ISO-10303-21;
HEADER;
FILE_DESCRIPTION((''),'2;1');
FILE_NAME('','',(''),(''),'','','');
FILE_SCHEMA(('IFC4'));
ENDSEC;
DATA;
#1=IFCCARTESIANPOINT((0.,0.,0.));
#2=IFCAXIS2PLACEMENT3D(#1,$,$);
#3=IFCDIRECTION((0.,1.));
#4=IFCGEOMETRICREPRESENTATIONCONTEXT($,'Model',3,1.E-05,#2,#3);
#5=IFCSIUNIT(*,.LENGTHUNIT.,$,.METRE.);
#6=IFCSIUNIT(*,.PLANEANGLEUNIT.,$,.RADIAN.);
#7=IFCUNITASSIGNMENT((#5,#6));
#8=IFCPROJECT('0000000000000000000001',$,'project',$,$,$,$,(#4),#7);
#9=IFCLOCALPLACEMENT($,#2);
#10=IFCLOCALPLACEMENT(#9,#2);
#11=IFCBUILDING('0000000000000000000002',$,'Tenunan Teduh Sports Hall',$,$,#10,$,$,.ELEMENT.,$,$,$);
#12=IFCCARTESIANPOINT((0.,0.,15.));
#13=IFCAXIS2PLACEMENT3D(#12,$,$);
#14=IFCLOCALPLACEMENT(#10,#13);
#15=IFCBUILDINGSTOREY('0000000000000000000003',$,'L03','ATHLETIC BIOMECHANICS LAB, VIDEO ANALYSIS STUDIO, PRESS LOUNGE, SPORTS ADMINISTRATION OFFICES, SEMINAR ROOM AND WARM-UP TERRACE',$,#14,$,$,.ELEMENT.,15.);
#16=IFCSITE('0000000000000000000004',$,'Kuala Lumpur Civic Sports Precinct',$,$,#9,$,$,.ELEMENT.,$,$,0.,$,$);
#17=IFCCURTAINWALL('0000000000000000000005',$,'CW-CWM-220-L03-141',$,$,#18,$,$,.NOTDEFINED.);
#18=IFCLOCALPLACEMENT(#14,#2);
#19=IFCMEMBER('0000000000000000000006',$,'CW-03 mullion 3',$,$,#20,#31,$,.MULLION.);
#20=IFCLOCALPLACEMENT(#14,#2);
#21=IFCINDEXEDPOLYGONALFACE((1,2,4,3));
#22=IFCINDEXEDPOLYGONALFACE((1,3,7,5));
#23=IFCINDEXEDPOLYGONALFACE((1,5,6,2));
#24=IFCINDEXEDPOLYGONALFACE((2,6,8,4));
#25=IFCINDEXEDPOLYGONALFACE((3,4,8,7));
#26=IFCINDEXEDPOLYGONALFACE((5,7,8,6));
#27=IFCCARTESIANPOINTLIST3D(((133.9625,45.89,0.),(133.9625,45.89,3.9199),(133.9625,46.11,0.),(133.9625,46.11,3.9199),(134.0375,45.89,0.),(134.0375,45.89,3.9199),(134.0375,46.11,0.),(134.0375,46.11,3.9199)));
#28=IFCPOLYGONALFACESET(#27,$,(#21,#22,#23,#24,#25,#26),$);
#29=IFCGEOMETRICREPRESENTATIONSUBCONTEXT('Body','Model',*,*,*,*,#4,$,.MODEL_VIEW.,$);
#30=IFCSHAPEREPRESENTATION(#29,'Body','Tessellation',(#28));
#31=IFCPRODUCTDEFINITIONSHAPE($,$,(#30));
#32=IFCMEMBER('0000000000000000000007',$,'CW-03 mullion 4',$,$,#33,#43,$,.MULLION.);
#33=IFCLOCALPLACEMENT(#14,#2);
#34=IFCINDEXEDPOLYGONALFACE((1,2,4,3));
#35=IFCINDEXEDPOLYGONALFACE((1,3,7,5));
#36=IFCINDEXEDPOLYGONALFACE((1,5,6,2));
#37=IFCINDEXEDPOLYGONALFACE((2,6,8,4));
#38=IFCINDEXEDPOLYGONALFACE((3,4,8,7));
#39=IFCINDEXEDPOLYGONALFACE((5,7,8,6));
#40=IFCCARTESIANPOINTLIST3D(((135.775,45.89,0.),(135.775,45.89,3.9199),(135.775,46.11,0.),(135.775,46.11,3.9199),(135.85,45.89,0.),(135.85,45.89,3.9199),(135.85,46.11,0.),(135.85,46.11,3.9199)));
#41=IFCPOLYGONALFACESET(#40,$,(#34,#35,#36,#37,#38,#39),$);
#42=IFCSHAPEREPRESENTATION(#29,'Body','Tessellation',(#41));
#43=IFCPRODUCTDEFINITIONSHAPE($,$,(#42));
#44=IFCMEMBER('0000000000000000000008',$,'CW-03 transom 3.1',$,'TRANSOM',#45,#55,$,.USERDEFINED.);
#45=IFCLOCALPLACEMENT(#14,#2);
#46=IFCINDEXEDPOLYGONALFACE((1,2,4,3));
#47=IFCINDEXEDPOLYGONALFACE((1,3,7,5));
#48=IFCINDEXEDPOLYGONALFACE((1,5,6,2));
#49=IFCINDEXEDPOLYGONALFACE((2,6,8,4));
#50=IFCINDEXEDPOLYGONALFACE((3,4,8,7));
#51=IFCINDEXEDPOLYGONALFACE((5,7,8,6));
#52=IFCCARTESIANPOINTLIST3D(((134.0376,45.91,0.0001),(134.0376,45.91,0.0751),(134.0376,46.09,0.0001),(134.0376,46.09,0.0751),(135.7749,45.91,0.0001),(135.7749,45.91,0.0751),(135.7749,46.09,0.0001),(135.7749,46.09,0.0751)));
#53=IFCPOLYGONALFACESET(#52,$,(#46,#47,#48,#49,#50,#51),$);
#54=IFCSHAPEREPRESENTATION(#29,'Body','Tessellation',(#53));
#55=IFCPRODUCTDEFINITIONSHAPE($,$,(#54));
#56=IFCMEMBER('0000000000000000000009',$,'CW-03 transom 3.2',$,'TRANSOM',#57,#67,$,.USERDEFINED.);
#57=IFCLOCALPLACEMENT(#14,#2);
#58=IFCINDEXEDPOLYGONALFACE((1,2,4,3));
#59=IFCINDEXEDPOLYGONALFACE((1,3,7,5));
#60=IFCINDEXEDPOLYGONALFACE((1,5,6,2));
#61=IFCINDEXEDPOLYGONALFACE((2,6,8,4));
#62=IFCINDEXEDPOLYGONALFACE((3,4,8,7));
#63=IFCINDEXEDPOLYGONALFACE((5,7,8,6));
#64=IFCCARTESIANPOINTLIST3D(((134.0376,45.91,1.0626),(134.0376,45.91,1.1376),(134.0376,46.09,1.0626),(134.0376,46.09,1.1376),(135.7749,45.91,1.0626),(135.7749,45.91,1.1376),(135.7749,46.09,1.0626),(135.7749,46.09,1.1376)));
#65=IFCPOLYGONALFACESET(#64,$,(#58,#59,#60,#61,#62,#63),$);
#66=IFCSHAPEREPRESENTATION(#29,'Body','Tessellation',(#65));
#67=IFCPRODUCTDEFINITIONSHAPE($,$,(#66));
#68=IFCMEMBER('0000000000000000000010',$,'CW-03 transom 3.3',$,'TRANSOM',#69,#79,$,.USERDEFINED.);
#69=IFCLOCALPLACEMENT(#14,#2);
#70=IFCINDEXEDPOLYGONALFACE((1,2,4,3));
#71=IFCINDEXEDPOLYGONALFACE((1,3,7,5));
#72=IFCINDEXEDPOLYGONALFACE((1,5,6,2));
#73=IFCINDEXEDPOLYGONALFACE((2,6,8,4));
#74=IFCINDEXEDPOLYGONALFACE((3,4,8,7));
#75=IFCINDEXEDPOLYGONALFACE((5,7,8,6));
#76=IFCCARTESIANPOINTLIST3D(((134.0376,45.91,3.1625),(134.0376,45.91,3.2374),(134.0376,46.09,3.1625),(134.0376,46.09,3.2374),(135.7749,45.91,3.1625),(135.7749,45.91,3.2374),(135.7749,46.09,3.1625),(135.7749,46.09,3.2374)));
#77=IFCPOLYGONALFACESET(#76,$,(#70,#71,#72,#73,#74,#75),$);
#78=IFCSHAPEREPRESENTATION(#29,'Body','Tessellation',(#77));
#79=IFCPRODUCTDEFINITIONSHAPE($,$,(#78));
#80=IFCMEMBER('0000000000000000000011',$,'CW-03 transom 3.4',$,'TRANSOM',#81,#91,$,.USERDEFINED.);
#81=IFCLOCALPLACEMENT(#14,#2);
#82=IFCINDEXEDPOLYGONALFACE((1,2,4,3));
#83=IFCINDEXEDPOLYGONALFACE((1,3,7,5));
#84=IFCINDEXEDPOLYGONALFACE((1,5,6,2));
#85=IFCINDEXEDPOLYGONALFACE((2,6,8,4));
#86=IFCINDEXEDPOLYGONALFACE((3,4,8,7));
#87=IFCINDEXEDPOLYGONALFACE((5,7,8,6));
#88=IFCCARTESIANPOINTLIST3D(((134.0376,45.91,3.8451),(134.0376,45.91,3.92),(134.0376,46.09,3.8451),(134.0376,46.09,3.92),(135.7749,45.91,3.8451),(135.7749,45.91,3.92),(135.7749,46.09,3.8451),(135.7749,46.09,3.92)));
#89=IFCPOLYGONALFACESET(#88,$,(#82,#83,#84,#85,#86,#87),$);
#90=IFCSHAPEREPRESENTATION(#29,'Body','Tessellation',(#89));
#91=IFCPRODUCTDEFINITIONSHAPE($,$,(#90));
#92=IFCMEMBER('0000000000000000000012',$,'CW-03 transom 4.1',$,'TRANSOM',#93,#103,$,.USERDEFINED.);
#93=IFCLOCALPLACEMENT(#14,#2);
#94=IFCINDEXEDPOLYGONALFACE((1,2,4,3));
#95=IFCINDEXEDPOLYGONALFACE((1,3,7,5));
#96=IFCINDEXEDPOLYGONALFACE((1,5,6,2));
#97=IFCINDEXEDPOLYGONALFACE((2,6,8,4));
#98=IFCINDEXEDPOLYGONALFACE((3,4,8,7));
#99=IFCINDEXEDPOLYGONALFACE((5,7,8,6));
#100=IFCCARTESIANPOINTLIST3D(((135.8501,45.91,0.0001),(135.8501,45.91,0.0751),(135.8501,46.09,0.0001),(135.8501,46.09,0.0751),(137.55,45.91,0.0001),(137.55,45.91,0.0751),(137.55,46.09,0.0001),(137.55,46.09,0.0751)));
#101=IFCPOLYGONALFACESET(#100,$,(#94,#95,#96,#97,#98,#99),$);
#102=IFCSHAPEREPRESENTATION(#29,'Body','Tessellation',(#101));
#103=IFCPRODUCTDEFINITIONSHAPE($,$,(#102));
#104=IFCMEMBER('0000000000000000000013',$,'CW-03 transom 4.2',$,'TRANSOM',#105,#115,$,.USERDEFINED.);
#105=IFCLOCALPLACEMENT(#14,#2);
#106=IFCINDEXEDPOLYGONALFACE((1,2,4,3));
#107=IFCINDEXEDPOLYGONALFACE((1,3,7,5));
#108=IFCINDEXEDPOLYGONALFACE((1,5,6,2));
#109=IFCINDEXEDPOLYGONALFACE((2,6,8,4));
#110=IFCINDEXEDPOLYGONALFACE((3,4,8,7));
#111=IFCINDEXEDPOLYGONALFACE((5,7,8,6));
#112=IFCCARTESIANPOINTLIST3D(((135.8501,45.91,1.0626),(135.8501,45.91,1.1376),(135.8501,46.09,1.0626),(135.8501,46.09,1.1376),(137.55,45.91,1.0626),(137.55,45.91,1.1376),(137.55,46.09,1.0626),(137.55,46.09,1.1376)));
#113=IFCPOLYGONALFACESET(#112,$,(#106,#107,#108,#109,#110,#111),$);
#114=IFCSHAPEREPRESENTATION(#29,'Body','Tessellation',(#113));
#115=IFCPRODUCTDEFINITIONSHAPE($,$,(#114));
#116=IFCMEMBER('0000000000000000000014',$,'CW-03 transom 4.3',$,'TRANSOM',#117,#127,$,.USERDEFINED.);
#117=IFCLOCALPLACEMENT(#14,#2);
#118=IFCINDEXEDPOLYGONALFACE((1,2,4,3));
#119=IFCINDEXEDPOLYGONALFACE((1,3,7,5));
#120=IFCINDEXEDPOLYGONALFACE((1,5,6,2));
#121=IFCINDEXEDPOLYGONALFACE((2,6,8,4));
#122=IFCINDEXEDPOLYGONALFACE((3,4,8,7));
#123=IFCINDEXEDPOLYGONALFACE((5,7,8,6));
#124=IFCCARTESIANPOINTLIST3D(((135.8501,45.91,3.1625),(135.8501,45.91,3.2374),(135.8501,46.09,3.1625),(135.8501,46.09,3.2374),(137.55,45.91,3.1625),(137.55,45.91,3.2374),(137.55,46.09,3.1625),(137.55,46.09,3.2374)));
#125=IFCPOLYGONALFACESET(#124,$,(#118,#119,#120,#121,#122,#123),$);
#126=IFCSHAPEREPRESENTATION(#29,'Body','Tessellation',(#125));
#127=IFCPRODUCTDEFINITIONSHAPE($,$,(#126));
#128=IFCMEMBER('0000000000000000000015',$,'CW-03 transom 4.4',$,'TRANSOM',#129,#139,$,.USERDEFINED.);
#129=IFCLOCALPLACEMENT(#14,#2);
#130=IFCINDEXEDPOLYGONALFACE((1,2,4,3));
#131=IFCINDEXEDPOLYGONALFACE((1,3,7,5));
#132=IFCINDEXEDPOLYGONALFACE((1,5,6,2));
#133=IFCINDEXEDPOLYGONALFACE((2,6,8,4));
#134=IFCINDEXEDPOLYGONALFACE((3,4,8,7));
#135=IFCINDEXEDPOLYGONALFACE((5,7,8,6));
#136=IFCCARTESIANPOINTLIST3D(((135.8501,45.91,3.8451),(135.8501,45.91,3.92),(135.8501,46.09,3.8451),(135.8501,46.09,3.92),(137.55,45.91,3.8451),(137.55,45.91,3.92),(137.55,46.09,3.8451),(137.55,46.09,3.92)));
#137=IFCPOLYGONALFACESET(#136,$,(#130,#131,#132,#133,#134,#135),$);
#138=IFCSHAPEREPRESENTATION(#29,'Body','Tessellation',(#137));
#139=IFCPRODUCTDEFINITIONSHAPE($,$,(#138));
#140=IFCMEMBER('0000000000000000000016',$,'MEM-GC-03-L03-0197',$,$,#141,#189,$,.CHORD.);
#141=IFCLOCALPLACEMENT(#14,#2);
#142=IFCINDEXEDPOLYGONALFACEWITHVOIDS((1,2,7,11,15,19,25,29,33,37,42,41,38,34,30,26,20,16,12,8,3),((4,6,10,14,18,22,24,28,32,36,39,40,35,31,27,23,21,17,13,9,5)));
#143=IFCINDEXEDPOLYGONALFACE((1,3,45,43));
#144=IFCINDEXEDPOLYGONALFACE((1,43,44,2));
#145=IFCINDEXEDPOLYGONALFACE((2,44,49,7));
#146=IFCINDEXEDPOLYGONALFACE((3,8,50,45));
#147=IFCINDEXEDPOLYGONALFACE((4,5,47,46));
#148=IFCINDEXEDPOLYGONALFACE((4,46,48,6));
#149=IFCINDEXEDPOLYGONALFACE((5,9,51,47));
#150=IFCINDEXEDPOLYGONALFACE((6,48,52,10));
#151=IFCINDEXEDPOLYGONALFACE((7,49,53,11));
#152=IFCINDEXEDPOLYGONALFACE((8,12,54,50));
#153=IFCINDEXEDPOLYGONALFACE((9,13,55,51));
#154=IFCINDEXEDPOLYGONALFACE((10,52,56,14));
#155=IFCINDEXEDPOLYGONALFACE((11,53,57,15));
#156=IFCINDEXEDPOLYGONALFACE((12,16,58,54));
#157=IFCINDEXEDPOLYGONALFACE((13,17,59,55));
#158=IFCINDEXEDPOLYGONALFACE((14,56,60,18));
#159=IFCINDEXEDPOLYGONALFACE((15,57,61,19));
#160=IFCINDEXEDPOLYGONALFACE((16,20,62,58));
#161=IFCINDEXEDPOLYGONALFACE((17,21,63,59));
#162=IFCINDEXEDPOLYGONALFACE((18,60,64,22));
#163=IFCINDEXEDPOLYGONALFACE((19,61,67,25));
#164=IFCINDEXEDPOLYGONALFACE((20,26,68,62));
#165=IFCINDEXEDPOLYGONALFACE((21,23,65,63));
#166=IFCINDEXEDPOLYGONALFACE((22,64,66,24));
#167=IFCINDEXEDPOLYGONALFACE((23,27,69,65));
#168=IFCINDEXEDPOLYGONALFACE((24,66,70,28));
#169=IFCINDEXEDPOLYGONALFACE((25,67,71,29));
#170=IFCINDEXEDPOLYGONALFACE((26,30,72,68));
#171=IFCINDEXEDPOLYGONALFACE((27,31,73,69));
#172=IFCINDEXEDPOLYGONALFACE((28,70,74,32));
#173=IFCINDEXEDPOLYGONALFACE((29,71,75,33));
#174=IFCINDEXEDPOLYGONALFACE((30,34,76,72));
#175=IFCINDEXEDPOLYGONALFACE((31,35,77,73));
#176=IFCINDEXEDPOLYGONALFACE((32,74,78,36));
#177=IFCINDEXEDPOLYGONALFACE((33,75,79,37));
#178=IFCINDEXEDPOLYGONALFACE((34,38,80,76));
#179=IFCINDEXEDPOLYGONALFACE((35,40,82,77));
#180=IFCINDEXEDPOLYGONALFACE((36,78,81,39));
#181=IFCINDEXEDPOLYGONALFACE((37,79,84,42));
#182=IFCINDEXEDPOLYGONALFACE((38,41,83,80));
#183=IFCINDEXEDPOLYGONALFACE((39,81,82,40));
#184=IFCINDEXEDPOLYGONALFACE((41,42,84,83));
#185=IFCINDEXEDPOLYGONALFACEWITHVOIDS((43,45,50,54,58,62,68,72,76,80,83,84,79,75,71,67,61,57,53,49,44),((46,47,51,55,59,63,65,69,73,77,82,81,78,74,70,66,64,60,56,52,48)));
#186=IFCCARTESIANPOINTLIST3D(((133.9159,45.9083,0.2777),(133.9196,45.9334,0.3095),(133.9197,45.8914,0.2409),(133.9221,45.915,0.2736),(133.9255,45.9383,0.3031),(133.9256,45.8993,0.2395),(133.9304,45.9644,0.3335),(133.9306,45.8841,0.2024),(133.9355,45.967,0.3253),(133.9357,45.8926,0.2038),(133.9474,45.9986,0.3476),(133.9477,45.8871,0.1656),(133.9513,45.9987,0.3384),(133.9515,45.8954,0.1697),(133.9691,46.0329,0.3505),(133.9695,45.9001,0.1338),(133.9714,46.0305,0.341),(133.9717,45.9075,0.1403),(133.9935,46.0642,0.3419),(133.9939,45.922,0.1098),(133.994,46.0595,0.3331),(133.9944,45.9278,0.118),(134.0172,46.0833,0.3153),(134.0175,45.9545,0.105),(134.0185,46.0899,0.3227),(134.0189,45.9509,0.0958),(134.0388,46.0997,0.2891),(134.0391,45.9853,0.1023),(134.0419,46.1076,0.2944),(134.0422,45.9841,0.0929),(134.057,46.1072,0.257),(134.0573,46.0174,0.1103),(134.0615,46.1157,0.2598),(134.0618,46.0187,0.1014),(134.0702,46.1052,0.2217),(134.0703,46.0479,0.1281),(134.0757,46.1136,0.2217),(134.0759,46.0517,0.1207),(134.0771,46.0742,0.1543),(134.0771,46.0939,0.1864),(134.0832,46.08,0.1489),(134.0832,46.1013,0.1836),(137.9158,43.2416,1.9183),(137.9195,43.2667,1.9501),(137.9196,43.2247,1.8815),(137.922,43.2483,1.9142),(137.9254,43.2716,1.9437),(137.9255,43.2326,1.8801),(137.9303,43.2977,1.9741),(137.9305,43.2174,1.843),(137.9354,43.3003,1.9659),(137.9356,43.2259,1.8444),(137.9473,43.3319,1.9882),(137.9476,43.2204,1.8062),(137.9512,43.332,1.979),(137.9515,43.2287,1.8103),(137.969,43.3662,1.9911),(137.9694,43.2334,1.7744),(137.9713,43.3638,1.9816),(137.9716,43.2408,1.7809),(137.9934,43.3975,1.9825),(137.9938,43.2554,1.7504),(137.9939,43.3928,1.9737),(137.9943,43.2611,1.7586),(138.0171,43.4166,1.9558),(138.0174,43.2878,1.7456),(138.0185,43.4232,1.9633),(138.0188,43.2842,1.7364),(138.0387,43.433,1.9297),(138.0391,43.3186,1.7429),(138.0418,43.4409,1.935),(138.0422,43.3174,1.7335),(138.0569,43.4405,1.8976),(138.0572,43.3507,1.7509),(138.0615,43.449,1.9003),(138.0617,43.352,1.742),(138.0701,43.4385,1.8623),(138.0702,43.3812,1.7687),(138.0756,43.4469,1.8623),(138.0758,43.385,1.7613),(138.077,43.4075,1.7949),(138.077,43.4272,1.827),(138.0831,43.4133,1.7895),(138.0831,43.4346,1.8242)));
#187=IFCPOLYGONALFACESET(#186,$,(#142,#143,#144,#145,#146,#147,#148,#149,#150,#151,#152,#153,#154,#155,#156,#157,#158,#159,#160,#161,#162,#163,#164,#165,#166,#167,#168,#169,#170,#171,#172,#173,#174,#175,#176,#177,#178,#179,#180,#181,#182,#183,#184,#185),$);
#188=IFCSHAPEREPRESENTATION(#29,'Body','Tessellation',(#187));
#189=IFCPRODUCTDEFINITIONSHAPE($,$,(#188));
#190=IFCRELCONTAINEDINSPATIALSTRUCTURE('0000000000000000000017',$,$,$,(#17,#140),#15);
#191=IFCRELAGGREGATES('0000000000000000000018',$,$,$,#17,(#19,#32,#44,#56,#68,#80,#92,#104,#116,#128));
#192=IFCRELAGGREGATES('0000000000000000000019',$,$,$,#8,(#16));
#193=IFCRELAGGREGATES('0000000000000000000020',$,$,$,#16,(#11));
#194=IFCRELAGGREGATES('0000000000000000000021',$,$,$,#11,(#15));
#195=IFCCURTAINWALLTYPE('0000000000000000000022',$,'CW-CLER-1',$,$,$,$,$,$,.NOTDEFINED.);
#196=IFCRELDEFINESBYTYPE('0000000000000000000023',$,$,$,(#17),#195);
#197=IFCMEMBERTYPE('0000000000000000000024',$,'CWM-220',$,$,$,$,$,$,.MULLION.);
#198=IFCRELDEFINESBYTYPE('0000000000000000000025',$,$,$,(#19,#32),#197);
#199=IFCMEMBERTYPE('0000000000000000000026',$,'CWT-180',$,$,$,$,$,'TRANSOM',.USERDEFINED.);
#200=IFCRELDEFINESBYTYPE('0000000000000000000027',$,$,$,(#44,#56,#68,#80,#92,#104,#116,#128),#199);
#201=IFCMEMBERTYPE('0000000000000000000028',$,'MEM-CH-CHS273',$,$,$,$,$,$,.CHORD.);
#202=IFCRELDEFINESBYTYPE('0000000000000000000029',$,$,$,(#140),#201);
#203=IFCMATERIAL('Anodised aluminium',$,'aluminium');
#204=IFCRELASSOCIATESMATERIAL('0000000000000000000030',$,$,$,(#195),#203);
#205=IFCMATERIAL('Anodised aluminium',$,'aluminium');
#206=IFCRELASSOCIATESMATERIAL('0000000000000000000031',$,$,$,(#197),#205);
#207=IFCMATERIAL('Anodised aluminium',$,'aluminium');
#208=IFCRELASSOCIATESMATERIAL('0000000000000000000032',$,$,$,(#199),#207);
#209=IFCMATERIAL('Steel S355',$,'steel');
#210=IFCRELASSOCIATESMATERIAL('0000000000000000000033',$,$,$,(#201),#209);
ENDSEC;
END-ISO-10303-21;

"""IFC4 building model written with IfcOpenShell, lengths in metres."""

from ifc_helpers import new_model, si_unit, direction, frame, origin, origin_2d, place, context, subcontext, project, spatial, rectangle, hollow_circle, extrude, material, material_profile, profile_set, type_object, element, aggregate, save


model = new_model("IFC4")

# Units and contexts
model_context = context("Model", 3, precision=1e-05, world=origin(), true_north=direction((0.0, 1.0)))
body_context = subcontext(model_context, "Body", "Model", "MODEL_VIEW")
ifc_project = project(units=[si_unit("LENGTHUNIT", "METRE"), si_unit("PLANEANGLEUNIT", "RADIAN")], contexts=[model_context])

# Site, building, storey
site_placement = place(None, origin())
site = spatial("IfcSite", under=ifc_project, at=site_placement, Name="Kuala Lumpur Civic Sports Precinct", CompositionType="ELEMENT", RefElevation=0.0)
building_placement = place(site_placement, origin())
building = spatial("IfcBuilding", under=site, at=building_placement, Name="Tenunan Teduh Sports Hall", CompositionType="ELEMENT")
storey_placement = place(building_placement, frame((0.0, 0.0, 15.0)))
storey = spatial("IfcBuildingStorey", under=building, at=storey_placement, Name="L03", Description="ATHLETIC BIOMECHANICS LAB, VIDEO ANALYSIS STUDIO, PRESS LOUNGE, SPORTS ADMINISTRATION OFFICES, SEMINAR ROOM AND WARM-UP TERRACE", CompositionType="ELEMENT", Elevation=15.0)

# Curtain wall, members
ifc_material_1 = material(Name="Anodised aluminium", Category="aluminium")
curtain_wall_type = type_object("IfcCurtainWallType", Name="CW-CLER-1", PredefinedType="NOTDEFINED", material=ifc_material_1)
curtain_wall_placement = place(storey_placement, origin())
curtain_wall = element("IfcCurtainWall", 1, at=curtain_wall_placement, inside=storey, type_object=curtain_wall_type, Name="CW-CWM-220-L03-141", PredefinedType="NOTDEFINED")
ifc_material_2 = material(Name="Anodised aluminium", Category="aluminium")
ifc_material_profile_1 = material_profile(ifc_material_2, rectangle(XDim=0.075, YDim=0.22, at=origin_2d()), Name="CWM 75x220")
ifc_profile_set_1 = profile_set([ifc_material_profile_1], Name="Anodised aluminium")
member_type_1 = type_object("IfcMemberType", Name="CWM-220", PredefinedType="MULLION", material=ifc_profile_set_1)
member_1_placement = place(storey_placement, frame((134.0, 46.0, 0.0), z_axis=(0.0, 0.0, 1.0), x_axis=(1.0, 0.0, 0.0)))
member_1 = element("IfcMember", 2, at=member_1_placement, type_object=member_type_1, Name="CW-03 mullion 3", PredefinedType="MULLION", context=body_context, shape_type="SweptSolid", body=[
    extrude(rectangle(XDim=0.075, YDim=0.22, at=origin_2d()), origin(), (0.0, 0.0, 1.0), 3.9199),
])
member_2_placement = place(storey_placement, frame((135.8125, 46.0, 0.0), z_axis=(0.0, 0.0, 1.0), x_axis=(1.0, 0.0, 0.0)))
member_2 = element("IfcMember", 3, at=member_2_placement, type_object=member_type_1, Name="CW-03 mullion 4", PredefinedType="MULLION", context=body_context, shape_type="SweptSolid", body=[
    extrude(rectangle(XDim=0.075, YDim=0.22, at=origin_2d()), origin(), (0.0, 0.0, 1.0), 3.9199),
])
ifc_material_3 = material(Name="Anodised aluminium", Category="aluminium")
ifc_material_profile_2 = material_profile(ifc_material_3, rectangle(XDim=0.075, YDim=0.1799, at=origin_2d()), Name="CWT 75x180")
ifc_profile_set_2 = profile_set([ifc_material_profile_2], Name="Anodised aluminium")
member_type_2 = type_object("IfcMemberType", Name="CWT-180", ElementType="TRANSOM", PredefinedType="USERDEFINED", material=ifc_profile_set_2)
member_3_placement = place(storey_placement, frame((134.0376, 46.0, 0.0376), z_axis=(1.0, 0.0, 0.0), x_axis=(0.0, 0.0, 1.0)))
member_3 = element("IfcMember", 4, at=member_3_placement, type_object=member_type_2, Name="CW-03 transom 3.1", ObjectType="TRANSOM", PredefinedType="USERDEFINED", context=body_context, shape_type="SweptSolid", body=[
    extrude(rectangle(XDim=0.075, YDim=0.1799, at=origin_2d()), origin(), (0.0, 0.0, 1.0), 1.7373),
])
member_4_placement = place(storey_placement, frame((134.0376, 46.0, 1.1001), z_axis=(1.0, 0.0, 0.0), x_axis=(0.0, 0.0, 1.0)))
member_4 = element("IfcMember", 5, at=member_4_placement, type_object=member_type_2, Name="CW-03 transom 3.2", ObjectType="TRANSOM", PredefinedType="USERDEFINED", context=body_context, shape_type="SweptSolid", body=[
    extrude(rectangle(XDim=0.075, YDim=0.1799, at=origin_2d()), origin(), (0.0, 0.0, 1.0), 1.7373),
])
member_5_placement = place(storey_placement, frame((134.0376, 46.0, 3.2), z_axis=(1.0, 0.0, 0.0), x_axis=(0.0, 0.0, 1.0)))
member_5 = element("IfcMember", 6, at=member_5_placement, type_object=member_type_2, Name="CW-03 transom 3.3", ObjectType="TRANSOM", PredefinedType="USERDEFINED", context=body_context, shape_type="SweptSolid", body=[
    extrude(rectangle(XDim=0.075, YDim=0.1799, at=origin_2d()), origin(), (0.0, 0.0, 1.0), 1.7373),
])
member_6_placement = place(storey_placement, frame((134.0376, 46.0, 3.8826), z_axis=(1.0, 0.0, 0.0), x_axis=(0.0, 0.0, 1.0)))
member_6 = element("IfcMember", 7, at=member_6_placement, type_object=member_type_2, Name="CW-03 transom 3.4", ObjectType="TRANSOM", PredefinedType="USERDEFINED", context=body_context, shape_type="SweptSolid", body=[
    extrude(rectangle(XDim=0.075, YDim=0.1799, at=origin_2d()), origin(), (0.0, 0.0, 1.0), 1.7373),
])
member_7_placement = place(storey_placement, frame((135.8501, 46.0, 0.0376), z_axis=(1.0, 0.0, 0.0), x_axis=(0.0, 0.0, 1.0)))
member_7 = element("IfcMember", 8, at=member_7_placement, type_object=member_type_2, Name="CW-03 transom 4.1", ObjectType="TRANSOM", PredefinedType="USERDEFINED", context=body_context, shape_type="SweptSolid", body=[
    extrude(rectangle(XDim=0.075, YDim=0.1799, at=origin_2d()), origin(), (0.0, 0.0, 1.0), 1.7),
])
member_8_placement = place(storey_placement, frame((135.8501, 46.0, 1.1001), z_axis=(1.0, 0.0, 0.0), x_axis=(0.0, 0.0, 1.0)))
member_8 = element("IfcMember", 9, at=member_8_placement, type_object=member_type_2, Name="CW-03 transom 4.2", ObjectType="TRANSOM", PredefinedType="USERDEFINED", context=body_context, shape_type="SweptSolid", body=[
    extrude(rectangle(XDim=0.075, YDim=0.1799, at=origin_2d()), origin(), (0.0, 0.0, 1.0), 1.7),
])
member_9_placement = place(storey_placement, frame((135.8501, 46.0, 3.2), z_axis=(1.0, 0.0, 0.0), x_axis=(0.0, 0.0, 1.0)))
member_9 = element("IfcMember", 10, at=member_9_placement, type_object=member_type_2, Name="CW-03 transom 4.3", ObjectType="TRANSOM", PredefinedType="USERDEFINED", context=body_context, shape_type="SweptSolid", body=[
    extrude(rectangle(XDim=0.075, YDim=0.1799, at=origin_2d()), origin(), (0.0, 0.0, 1.0), 1.7),
])
member_10_placement = place(storey_placement, frame((135.8501, 46.0, 3.8826), z_axis=(1.0, 0.0, 0.0), x_axis=(0.0, 0.0, 1.0)))
member_10 = element("IfcMember", 11, at=member_10_placement, type_object=member_type_2, Name="CW-03 transom 4.4", ObjectType="TRANSOM", PredefinedType="USERDEFINED", context=body_context, shape_type="SweptSolid", body=[
    extrude(rectangle(XDim=0.075, YDim=0.1799, at=origin_2d()), origin(), (0.0, 0.0, 1.0), 1.7),
])

# Member
ifc_material_4 = material(Name="Steel S355", Category="steel")
ifc_material_profile_3 = material_profile(ifc_material_4, hollow_circle(Radius=0.1365, WallThickness=0.01, at=origin_2d()), Name="CHS 273.0x10.0")
ifc_profile_set_3 = profile_set([ifc_material_profile_3], Name="Steel S355")
member_type_3 = type_object("IfcMemberType", Name="MEM-CH-CHS273", PredefinedType="CHORD", material=ifc_profile_set_3)
member_11_placement = place(storey_placement, frame((134.0, 46.0, 0.2217), z_axis=(0.78745, -0.524983, 0.322978), x_axis=(0.554712, 0.832042, 0.0)))
element("IfcMember", 12, at=member_11_placement, inside=storey, type_object=member_type_3, Name="MEM-GC-03-L03-0197", PredefinedType="CHORD", context=body_context, shape_type="SweptSolid", body=[
    extrude(hollow_circle(Radius=0.1365, WallThickness=0.01, at=origin_2d()), origin(), (0.0, 0.0, 1.0), 5.0796),
])

aggregate(curtain_wall, [member_1, member_2, member_3, member_4, member_5, member_6, member_7, member_8, member_9, member_10])

save(model, "model.ifc")
